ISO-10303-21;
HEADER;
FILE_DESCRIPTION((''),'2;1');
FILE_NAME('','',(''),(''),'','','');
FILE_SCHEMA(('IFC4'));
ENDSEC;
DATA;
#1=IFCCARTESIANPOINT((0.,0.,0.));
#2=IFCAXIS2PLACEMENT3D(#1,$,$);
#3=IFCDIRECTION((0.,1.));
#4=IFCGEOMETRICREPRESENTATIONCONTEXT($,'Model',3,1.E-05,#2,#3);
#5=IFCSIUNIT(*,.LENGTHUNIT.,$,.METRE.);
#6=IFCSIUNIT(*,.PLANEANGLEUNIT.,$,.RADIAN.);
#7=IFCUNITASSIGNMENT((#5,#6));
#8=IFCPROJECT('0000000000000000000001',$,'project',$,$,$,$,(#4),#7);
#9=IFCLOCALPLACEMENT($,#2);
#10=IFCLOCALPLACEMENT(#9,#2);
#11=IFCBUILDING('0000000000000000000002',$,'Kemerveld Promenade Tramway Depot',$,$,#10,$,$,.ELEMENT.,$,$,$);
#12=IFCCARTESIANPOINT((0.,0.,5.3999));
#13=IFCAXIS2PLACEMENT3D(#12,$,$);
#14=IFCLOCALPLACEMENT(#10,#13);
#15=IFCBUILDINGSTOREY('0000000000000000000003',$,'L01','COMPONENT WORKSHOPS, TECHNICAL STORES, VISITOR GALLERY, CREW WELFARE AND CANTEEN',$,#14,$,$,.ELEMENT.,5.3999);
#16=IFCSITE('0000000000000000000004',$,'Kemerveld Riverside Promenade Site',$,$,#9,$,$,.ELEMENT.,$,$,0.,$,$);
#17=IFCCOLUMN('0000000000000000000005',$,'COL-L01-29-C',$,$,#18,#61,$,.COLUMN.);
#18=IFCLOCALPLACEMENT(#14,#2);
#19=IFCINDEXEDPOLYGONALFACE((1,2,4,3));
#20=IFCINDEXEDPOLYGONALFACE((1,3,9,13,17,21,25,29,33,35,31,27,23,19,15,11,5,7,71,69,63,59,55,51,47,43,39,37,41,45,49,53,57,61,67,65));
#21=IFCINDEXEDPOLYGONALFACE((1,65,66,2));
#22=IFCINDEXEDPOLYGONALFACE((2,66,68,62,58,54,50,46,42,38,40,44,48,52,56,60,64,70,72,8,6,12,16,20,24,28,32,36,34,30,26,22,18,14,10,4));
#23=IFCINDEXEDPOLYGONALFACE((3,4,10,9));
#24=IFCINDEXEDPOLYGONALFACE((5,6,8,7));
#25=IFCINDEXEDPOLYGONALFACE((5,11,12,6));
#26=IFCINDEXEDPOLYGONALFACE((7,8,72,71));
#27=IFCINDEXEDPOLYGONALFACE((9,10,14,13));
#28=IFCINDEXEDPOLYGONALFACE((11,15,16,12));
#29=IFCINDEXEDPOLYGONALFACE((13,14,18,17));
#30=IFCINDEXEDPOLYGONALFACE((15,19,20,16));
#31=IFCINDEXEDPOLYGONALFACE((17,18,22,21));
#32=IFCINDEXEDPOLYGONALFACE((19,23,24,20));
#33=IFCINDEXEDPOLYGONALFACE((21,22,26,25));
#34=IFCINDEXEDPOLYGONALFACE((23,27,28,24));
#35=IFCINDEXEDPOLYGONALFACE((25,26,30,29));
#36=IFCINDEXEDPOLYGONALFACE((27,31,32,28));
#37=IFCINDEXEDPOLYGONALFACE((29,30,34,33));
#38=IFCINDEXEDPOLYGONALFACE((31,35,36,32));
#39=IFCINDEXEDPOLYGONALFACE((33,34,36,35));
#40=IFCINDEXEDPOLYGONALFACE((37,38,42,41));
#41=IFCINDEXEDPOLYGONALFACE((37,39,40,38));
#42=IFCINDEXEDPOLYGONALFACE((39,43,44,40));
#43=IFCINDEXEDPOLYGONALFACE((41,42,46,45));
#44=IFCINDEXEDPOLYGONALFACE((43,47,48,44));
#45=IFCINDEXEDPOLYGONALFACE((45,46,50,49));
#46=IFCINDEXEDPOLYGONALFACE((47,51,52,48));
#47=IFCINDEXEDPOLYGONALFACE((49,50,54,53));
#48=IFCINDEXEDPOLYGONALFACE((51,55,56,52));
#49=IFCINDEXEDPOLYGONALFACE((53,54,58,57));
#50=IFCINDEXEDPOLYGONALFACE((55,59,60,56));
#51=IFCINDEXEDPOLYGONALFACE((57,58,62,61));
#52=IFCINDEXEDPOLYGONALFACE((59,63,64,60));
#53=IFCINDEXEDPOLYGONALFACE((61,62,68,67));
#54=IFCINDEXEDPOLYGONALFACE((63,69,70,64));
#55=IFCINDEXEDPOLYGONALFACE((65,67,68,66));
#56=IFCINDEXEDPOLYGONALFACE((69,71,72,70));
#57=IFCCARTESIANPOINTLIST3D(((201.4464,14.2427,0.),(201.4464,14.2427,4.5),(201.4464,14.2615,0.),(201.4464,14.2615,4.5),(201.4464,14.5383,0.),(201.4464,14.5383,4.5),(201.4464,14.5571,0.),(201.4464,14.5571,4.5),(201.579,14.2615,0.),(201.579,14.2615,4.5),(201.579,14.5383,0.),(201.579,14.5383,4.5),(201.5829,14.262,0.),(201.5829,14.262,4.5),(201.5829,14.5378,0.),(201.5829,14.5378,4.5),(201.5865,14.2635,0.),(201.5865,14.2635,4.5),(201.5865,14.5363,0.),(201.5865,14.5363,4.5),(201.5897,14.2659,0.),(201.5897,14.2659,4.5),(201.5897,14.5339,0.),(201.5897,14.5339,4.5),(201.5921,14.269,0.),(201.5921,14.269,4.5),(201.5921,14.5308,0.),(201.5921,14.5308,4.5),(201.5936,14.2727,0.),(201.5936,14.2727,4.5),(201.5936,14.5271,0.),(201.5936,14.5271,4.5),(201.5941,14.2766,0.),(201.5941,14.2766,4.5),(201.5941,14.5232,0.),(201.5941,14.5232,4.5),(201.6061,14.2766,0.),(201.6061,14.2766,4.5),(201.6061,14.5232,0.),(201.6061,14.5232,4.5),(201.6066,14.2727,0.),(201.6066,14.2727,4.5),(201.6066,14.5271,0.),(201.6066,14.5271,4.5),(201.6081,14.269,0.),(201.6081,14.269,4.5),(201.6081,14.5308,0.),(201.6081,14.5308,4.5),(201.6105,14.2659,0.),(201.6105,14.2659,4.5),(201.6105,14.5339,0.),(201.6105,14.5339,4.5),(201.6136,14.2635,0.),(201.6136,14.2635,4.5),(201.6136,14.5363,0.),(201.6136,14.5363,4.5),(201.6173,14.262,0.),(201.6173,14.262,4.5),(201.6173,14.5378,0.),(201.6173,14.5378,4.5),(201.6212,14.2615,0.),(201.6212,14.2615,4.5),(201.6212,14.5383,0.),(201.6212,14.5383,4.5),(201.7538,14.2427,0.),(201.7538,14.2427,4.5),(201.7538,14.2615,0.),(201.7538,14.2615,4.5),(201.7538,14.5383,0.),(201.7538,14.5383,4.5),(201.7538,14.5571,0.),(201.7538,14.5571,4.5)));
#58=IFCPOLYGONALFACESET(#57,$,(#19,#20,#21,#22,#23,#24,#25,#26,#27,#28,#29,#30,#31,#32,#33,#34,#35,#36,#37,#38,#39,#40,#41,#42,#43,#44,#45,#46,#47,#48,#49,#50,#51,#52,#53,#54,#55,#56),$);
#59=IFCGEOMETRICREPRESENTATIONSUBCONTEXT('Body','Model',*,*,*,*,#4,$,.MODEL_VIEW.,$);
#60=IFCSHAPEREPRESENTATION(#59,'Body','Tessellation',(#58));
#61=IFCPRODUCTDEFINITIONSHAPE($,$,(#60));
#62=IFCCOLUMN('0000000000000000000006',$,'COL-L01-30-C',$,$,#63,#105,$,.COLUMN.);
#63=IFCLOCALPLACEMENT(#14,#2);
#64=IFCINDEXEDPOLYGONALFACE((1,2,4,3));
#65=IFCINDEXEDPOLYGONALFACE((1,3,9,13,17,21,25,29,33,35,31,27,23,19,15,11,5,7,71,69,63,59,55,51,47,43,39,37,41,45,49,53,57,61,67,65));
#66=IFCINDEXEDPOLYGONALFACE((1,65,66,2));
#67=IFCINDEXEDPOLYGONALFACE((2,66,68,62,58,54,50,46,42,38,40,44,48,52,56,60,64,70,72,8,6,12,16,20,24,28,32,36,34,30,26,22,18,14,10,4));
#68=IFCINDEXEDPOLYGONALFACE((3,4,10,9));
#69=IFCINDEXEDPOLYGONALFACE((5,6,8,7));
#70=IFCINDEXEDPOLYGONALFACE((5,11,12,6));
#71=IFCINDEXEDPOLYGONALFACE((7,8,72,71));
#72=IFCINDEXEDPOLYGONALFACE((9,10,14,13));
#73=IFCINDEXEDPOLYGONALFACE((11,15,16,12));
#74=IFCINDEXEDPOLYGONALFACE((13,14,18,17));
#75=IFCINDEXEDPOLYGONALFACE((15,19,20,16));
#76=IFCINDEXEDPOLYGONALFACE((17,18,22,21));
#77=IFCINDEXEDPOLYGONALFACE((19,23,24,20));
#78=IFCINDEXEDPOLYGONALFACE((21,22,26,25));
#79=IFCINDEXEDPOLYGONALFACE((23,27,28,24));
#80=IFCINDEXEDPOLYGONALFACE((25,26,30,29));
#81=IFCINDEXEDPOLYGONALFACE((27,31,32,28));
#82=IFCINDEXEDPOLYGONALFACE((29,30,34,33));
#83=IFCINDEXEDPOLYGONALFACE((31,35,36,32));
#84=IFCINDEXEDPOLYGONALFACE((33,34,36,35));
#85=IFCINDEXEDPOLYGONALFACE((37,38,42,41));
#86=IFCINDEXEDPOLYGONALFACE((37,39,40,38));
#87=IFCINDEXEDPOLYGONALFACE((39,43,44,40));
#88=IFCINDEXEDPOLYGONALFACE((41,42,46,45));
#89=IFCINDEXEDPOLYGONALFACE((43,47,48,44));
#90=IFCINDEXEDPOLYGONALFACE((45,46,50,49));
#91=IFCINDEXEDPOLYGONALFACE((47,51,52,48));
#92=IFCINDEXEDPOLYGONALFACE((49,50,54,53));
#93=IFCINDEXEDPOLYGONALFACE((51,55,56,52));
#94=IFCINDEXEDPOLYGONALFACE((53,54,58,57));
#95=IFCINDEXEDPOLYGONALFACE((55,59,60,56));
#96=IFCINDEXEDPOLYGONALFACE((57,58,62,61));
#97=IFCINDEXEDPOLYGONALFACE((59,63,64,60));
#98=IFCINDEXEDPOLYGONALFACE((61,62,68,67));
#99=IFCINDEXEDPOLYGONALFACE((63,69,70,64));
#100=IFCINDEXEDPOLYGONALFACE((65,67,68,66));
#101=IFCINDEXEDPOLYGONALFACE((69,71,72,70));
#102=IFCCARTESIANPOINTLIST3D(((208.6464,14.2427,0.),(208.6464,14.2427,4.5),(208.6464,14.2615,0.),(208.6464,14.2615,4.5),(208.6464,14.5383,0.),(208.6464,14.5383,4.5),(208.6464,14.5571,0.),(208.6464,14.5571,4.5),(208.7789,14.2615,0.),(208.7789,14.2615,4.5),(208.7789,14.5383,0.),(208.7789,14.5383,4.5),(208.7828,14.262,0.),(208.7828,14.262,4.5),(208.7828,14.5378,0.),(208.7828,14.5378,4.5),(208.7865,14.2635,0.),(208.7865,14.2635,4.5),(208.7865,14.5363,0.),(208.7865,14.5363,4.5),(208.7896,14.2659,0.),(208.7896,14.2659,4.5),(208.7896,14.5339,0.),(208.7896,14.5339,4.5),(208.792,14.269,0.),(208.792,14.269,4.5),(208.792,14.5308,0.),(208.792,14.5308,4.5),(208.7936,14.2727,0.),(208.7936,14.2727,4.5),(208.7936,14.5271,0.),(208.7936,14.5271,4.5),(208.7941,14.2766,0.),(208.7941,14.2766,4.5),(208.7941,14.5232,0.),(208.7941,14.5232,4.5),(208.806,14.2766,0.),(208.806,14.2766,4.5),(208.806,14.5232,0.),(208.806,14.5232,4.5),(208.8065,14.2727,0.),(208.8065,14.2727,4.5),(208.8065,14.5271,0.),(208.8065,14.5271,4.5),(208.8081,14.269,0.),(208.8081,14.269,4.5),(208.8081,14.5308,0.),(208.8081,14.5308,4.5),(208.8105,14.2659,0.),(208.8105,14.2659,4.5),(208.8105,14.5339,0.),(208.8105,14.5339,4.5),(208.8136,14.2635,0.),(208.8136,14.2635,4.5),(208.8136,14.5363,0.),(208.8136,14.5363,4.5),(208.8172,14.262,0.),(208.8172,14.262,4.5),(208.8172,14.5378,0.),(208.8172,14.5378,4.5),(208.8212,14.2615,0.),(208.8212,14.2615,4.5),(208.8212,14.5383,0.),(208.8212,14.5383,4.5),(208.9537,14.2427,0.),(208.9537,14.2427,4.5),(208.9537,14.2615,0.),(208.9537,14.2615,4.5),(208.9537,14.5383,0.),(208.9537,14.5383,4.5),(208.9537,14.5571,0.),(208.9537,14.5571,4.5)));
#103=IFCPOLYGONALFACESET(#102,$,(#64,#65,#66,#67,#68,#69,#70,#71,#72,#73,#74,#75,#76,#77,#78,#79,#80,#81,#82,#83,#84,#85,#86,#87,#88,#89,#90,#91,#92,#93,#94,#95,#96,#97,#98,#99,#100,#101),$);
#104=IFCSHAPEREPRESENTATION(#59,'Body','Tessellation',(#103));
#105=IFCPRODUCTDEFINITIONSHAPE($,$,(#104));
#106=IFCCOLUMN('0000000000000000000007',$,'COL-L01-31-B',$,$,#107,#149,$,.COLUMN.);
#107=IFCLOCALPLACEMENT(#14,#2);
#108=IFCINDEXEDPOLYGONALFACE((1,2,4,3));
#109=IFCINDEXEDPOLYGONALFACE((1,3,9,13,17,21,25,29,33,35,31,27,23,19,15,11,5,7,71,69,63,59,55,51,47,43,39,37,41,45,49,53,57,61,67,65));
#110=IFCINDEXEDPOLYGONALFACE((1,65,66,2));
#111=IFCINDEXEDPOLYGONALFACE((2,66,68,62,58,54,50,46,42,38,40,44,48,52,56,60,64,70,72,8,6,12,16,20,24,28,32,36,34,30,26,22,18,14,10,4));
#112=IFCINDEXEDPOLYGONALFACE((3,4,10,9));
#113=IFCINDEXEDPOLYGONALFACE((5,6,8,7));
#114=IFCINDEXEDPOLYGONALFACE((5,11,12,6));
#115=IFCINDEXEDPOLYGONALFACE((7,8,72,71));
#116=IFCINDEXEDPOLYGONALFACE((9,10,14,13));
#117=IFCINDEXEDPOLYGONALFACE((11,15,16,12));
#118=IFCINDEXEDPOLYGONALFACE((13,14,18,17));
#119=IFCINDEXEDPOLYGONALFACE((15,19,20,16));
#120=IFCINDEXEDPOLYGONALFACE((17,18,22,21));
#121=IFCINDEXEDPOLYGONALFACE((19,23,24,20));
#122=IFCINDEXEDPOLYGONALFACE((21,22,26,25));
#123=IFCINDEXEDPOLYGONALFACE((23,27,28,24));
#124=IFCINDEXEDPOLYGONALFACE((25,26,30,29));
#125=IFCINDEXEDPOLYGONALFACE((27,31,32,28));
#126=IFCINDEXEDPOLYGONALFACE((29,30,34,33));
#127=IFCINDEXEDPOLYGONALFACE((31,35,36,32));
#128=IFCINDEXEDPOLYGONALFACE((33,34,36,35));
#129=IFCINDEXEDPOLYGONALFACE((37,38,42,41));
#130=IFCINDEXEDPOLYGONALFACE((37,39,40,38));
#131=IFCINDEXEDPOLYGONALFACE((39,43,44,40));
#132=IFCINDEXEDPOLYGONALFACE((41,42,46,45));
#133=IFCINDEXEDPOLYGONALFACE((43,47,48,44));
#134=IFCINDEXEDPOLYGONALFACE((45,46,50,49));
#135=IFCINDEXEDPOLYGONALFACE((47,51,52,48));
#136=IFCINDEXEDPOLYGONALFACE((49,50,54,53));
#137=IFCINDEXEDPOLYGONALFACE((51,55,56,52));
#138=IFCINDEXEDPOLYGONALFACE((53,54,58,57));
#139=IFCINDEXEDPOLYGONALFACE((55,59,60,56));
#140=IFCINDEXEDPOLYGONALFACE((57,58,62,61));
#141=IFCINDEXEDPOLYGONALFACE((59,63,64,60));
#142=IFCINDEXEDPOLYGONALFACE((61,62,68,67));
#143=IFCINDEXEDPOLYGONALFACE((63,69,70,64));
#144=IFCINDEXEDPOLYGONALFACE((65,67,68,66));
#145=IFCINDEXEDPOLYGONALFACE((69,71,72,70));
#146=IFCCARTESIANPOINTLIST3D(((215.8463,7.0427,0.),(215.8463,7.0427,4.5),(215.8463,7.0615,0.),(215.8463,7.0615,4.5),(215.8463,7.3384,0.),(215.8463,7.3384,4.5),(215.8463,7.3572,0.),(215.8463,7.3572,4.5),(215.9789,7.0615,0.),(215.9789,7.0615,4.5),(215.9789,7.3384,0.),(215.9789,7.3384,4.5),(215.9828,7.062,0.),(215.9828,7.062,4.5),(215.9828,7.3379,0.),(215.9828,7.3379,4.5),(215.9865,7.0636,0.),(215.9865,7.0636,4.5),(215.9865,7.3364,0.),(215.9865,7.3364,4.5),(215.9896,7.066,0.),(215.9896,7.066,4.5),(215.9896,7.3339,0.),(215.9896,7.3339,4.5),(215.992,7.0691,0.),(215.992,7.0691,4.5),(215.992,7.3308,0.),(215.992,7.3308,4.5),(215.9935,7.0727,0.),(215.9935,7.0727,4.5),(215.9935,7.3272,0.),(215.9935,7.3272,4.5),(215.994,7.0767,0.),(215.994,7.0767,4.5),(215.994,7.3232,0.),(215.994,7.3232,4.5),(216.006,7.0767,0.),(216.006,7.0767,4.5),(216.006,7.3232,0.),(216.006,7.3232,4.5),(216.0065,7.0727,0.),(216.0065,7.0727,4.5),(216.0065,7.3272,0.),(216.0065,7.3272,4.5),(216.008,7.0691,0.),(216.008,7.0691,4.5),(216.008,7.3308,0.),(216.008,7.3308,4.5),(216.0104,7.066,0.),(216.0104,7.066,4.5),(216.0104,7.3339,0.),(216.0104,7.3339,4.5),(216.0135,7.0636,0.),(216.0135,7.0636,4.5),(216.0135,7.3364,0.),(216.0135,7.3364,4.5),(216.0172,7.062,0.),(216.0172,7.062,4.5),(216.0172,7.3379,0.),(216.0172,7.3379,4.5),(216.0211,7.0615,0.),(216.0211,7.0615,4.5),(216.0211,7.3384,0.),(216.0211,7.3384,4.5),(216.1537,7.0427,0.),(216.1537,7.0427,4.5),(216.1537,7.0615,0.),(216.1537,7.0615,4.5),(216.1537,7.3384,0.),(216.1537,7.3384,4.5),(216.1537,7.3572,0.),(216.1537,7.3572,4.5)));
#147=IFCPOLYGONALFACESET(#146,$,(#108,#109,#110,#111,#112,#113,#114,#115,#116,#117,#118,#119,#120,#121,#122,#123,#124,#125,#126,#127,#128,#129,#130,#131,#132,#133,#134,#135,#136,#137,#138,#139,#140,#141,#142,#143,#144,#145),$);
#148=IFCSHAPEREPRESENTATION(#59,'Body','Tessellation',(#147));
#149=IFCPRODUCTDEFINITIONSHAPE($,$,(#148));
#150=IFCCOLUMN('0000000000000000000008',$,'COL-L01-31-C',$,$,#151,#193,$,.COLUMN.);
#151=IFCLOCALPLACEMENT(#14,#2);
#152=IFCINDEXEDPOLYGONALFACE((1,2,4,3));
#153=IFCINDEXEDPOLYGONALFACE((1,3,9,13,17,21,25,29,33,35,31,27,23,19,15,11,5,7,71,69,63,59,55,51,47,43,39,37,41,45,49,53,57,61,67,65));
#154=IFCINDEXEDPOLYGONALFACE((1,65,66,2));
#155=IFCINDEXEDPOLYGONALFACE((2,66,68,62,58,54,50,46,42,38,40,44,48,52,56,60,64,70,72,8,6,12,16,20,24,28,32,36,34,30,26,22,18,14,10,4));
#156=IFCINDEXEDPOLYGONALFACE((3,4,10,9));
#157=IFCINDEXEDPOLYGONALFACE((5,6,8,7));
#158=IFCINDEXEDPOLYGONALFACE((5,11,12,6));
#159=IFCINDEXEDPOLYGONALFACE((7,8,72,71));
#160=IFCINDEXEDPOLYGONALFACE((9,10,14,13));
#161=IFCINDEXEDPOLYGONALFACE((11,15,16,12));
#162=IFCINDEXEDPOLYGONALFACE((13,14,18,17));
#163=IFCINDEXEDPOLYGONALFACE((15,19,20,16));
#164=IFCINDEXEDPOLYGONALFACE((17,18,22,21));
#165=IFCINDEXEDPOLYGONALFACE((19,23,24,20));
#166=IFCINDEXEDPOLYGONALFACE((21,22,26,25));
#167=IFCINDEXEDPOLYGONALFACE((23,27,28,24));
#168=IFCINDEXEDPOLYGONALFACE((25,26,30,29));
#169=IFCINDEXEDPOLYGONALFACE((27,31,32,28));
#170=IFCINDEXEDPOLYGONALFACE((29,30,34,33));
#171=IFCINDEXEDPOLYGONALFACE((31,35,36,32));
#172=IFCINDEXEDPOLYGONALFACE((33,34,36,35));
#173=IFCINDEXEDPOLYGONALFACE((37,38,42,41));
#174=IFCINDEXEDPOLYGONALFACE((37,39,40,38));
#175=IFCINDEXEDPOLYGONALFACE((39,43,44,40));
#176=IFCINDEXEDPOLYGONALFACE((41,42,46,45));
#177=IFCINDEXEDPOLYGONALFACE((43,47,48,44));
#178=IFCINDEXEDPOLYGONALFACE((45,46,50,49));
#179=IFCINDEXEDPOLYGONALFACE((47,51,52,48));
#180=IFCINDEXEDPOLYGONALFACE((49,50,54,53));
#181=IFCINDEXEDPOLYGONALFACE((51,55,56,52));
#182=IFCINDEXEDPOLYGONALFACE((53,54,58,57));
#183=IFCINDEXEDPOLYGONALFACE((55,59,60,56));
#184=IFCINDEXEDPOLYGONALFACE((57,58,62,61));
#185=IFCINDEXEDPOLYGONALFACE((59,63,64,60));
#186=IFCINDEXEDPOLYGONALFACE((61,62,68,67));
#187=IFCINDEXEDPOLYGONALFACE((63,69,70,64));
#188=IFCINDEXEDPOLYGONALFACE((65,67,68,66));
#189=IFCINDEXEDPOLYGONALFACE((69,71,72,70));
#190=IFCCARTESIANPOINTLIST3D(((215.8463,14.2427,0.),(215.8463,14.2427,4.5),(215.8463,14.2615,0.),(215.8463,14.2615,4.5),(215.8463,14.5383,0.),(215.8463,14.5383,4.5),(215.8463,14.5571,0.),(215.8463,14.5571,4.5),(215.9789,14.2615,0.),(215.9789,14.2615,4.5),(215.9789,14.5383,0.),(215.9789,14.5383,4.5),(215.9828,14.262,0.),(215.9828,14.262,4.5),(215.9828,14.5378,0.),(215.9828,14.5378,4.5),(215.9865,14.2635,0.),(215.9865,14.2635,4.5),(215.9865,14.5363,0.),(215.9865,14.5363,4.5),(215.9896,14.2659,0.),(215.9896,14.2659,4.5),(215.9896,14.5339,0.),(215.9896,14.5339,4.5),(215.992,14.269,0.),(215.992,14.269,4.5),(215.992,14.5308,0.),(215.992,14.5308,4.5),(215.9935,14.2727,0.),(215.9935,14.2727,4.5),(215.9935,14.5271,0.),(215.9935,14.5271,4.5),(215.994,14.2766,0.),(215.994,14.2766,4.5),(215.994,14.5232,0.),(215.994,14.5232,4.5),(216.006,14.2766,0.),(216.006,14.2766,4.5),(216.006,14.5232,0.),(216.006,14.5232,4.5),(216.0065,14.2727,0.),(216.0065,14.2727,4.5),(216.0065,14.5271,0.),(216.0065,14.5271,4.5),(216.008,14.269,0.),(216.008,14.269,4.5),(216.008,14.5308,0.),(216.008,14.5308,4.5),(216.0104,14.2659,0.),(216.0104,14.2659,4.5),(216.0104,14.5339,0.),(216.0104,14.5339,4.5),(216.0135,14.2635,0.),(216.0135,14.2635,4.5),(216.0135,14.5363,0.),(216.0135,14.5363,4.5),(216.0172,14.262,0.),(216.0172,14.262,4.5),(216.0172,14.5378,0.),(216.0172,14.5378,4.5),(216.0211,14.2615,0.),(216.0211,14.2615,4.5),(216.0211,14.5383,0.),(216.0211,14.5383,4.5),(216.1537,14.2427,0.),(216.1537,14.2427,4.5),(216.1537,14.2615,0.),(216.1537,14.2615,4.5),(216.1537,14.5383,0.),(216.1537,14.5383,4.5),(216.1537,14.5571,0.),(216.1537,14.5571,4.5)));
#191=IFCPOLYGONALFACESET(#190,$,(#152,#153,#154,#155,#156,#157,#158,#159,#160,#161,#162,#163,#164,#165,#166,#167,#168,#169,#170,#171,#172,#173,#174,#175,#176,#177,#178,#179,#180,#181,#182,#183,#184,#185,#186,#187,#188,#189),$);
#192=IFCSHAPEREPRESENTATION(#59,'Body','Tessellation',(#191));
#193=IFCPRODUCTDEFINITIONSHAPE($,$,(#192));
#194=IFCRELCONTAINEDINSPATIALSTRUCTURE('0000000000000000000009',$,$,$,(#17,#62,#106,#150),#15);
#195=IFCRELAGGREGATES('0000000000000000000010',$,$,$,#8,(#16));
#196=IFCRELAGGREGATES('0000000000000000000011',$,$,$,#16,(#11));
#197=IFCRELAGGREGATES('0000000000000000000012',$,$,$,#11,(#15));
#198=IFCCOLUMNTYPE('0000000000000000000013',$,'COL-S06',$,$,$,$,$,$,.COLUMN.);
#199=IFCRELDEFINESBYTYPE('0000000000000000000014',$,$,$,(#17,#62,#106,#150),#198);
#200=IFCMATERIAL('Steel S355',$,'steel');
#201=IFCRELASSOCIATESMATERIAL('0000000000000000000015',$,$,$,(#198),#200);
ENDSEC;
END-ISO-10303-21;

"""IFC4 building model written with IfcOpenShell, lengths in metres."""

from ifc_helpers import new_model, si_unit, direction, frame, origin, origin_2d, place, context, subcontext, project, spatial, i_section, extrude, material, material_profile, profile_set, type_object, element, save


model = new_model("IFC4")

# Units and contexts
model_context = context("Model", 3, precision=1e-05, world=origin(), true_north=direction((0.0, 1.0)))
body_context = subcontext(model_context, "Body", "Model", "MODEL_VIEW")
ifc_project = project(units=[si_unit("LENGTHUNIT", "METRE"), si_unit("PLANEANGLEUNIT", "RADIAN")], contexts=[model_context])

# Site, building, storey
site_placement = place(None, origin())
site = spatial("IfcSite", under=ifc_project, at=site_placement, Name="Kemerveld Riverside Promenade Site", CompositionType="ELEMENT", RefElevation=0.0)
building_placement = place(site_placement, origin())
building = spatial("IfcBuilding", under=site, at=building_placement, Name="Kemerveld Promenade Tramway Depot", CompositionType="ELEMENT")
storey_placement = place(building_placement, frame((0.0, 0.0, 5.3999)))
storey = spatial("IfcBuildingStorey", under=building, at=storey_placement, Name="L01", Description="COMPONENT WORKSHOPS, TECHNICAL STORES, VISITOR GALLERY, CREW WELFARE AND CANTEEN", CompositionType="ELEMENT", Elevation=5.3999)

# Columns
ifc_material_1 = material(Name="Steel S355", Category="steel")
ifc_material_profile_1 = material_profile(ifc_material_1, i_section(OverallWidth=0.3074, OverallDepth=0.3145, WebThickness=0.012, FlangeThickness=0.0188, FilletRadius=0.0151, at=origin_2d()), Name="305x305x118 UC")
ifc_profile_set_1 = profile_set([ifc_material_profile_1], Name="Steel S355")
column_type = type_object("IfcColumnType", Name="COL-S06", PredefinedType="COLUMN", material=ifc_profile_set_1)
for number, where, z_axis, x_axis, name in (
    (1, (201.6001, 14.3999, 0.0), (0.0, 0.0, 1.0), (1.0, 0.0, 0.0), "COL-L01-29-C"),
    (2, (208.8, 14.3999, 0.0), (0.0, 0.0, 1.0), (1.0, 0.0, 0.0), "COL-L01-30-C"),
    (3, (216.0, 7.2, 0.0), (0.0, 0.0, 1.0), (1.0, 0.0, 0.0), "COL-L01-31-B"),
    (4, (216.0, 14.3999, 0.0), (0.0, 0.0, 1.0), (1.0, 0.0, 0.0), "COL-L01-31-C"),
):
    element("IfcColumn", number, at=place(storey_placement, frame(where, z_axis=z_axis, x_axis=x_axis)), inside=storey, type_object=column_type, Name=name, PredefinedType="COLUMN", context=body_context, shape_type="SweptSolid", body=[
        extrude(i_section(OverallWidth=0.3074, OverallDepth=0.3145, WebThickness=0.012, FlangeThickness=0.0188, FilletRadius=0.0151, at=origin_2d()), origin(), (0.0, 0.0, 1.0), 4.5),
    ])

save(model, "model.ifc")
